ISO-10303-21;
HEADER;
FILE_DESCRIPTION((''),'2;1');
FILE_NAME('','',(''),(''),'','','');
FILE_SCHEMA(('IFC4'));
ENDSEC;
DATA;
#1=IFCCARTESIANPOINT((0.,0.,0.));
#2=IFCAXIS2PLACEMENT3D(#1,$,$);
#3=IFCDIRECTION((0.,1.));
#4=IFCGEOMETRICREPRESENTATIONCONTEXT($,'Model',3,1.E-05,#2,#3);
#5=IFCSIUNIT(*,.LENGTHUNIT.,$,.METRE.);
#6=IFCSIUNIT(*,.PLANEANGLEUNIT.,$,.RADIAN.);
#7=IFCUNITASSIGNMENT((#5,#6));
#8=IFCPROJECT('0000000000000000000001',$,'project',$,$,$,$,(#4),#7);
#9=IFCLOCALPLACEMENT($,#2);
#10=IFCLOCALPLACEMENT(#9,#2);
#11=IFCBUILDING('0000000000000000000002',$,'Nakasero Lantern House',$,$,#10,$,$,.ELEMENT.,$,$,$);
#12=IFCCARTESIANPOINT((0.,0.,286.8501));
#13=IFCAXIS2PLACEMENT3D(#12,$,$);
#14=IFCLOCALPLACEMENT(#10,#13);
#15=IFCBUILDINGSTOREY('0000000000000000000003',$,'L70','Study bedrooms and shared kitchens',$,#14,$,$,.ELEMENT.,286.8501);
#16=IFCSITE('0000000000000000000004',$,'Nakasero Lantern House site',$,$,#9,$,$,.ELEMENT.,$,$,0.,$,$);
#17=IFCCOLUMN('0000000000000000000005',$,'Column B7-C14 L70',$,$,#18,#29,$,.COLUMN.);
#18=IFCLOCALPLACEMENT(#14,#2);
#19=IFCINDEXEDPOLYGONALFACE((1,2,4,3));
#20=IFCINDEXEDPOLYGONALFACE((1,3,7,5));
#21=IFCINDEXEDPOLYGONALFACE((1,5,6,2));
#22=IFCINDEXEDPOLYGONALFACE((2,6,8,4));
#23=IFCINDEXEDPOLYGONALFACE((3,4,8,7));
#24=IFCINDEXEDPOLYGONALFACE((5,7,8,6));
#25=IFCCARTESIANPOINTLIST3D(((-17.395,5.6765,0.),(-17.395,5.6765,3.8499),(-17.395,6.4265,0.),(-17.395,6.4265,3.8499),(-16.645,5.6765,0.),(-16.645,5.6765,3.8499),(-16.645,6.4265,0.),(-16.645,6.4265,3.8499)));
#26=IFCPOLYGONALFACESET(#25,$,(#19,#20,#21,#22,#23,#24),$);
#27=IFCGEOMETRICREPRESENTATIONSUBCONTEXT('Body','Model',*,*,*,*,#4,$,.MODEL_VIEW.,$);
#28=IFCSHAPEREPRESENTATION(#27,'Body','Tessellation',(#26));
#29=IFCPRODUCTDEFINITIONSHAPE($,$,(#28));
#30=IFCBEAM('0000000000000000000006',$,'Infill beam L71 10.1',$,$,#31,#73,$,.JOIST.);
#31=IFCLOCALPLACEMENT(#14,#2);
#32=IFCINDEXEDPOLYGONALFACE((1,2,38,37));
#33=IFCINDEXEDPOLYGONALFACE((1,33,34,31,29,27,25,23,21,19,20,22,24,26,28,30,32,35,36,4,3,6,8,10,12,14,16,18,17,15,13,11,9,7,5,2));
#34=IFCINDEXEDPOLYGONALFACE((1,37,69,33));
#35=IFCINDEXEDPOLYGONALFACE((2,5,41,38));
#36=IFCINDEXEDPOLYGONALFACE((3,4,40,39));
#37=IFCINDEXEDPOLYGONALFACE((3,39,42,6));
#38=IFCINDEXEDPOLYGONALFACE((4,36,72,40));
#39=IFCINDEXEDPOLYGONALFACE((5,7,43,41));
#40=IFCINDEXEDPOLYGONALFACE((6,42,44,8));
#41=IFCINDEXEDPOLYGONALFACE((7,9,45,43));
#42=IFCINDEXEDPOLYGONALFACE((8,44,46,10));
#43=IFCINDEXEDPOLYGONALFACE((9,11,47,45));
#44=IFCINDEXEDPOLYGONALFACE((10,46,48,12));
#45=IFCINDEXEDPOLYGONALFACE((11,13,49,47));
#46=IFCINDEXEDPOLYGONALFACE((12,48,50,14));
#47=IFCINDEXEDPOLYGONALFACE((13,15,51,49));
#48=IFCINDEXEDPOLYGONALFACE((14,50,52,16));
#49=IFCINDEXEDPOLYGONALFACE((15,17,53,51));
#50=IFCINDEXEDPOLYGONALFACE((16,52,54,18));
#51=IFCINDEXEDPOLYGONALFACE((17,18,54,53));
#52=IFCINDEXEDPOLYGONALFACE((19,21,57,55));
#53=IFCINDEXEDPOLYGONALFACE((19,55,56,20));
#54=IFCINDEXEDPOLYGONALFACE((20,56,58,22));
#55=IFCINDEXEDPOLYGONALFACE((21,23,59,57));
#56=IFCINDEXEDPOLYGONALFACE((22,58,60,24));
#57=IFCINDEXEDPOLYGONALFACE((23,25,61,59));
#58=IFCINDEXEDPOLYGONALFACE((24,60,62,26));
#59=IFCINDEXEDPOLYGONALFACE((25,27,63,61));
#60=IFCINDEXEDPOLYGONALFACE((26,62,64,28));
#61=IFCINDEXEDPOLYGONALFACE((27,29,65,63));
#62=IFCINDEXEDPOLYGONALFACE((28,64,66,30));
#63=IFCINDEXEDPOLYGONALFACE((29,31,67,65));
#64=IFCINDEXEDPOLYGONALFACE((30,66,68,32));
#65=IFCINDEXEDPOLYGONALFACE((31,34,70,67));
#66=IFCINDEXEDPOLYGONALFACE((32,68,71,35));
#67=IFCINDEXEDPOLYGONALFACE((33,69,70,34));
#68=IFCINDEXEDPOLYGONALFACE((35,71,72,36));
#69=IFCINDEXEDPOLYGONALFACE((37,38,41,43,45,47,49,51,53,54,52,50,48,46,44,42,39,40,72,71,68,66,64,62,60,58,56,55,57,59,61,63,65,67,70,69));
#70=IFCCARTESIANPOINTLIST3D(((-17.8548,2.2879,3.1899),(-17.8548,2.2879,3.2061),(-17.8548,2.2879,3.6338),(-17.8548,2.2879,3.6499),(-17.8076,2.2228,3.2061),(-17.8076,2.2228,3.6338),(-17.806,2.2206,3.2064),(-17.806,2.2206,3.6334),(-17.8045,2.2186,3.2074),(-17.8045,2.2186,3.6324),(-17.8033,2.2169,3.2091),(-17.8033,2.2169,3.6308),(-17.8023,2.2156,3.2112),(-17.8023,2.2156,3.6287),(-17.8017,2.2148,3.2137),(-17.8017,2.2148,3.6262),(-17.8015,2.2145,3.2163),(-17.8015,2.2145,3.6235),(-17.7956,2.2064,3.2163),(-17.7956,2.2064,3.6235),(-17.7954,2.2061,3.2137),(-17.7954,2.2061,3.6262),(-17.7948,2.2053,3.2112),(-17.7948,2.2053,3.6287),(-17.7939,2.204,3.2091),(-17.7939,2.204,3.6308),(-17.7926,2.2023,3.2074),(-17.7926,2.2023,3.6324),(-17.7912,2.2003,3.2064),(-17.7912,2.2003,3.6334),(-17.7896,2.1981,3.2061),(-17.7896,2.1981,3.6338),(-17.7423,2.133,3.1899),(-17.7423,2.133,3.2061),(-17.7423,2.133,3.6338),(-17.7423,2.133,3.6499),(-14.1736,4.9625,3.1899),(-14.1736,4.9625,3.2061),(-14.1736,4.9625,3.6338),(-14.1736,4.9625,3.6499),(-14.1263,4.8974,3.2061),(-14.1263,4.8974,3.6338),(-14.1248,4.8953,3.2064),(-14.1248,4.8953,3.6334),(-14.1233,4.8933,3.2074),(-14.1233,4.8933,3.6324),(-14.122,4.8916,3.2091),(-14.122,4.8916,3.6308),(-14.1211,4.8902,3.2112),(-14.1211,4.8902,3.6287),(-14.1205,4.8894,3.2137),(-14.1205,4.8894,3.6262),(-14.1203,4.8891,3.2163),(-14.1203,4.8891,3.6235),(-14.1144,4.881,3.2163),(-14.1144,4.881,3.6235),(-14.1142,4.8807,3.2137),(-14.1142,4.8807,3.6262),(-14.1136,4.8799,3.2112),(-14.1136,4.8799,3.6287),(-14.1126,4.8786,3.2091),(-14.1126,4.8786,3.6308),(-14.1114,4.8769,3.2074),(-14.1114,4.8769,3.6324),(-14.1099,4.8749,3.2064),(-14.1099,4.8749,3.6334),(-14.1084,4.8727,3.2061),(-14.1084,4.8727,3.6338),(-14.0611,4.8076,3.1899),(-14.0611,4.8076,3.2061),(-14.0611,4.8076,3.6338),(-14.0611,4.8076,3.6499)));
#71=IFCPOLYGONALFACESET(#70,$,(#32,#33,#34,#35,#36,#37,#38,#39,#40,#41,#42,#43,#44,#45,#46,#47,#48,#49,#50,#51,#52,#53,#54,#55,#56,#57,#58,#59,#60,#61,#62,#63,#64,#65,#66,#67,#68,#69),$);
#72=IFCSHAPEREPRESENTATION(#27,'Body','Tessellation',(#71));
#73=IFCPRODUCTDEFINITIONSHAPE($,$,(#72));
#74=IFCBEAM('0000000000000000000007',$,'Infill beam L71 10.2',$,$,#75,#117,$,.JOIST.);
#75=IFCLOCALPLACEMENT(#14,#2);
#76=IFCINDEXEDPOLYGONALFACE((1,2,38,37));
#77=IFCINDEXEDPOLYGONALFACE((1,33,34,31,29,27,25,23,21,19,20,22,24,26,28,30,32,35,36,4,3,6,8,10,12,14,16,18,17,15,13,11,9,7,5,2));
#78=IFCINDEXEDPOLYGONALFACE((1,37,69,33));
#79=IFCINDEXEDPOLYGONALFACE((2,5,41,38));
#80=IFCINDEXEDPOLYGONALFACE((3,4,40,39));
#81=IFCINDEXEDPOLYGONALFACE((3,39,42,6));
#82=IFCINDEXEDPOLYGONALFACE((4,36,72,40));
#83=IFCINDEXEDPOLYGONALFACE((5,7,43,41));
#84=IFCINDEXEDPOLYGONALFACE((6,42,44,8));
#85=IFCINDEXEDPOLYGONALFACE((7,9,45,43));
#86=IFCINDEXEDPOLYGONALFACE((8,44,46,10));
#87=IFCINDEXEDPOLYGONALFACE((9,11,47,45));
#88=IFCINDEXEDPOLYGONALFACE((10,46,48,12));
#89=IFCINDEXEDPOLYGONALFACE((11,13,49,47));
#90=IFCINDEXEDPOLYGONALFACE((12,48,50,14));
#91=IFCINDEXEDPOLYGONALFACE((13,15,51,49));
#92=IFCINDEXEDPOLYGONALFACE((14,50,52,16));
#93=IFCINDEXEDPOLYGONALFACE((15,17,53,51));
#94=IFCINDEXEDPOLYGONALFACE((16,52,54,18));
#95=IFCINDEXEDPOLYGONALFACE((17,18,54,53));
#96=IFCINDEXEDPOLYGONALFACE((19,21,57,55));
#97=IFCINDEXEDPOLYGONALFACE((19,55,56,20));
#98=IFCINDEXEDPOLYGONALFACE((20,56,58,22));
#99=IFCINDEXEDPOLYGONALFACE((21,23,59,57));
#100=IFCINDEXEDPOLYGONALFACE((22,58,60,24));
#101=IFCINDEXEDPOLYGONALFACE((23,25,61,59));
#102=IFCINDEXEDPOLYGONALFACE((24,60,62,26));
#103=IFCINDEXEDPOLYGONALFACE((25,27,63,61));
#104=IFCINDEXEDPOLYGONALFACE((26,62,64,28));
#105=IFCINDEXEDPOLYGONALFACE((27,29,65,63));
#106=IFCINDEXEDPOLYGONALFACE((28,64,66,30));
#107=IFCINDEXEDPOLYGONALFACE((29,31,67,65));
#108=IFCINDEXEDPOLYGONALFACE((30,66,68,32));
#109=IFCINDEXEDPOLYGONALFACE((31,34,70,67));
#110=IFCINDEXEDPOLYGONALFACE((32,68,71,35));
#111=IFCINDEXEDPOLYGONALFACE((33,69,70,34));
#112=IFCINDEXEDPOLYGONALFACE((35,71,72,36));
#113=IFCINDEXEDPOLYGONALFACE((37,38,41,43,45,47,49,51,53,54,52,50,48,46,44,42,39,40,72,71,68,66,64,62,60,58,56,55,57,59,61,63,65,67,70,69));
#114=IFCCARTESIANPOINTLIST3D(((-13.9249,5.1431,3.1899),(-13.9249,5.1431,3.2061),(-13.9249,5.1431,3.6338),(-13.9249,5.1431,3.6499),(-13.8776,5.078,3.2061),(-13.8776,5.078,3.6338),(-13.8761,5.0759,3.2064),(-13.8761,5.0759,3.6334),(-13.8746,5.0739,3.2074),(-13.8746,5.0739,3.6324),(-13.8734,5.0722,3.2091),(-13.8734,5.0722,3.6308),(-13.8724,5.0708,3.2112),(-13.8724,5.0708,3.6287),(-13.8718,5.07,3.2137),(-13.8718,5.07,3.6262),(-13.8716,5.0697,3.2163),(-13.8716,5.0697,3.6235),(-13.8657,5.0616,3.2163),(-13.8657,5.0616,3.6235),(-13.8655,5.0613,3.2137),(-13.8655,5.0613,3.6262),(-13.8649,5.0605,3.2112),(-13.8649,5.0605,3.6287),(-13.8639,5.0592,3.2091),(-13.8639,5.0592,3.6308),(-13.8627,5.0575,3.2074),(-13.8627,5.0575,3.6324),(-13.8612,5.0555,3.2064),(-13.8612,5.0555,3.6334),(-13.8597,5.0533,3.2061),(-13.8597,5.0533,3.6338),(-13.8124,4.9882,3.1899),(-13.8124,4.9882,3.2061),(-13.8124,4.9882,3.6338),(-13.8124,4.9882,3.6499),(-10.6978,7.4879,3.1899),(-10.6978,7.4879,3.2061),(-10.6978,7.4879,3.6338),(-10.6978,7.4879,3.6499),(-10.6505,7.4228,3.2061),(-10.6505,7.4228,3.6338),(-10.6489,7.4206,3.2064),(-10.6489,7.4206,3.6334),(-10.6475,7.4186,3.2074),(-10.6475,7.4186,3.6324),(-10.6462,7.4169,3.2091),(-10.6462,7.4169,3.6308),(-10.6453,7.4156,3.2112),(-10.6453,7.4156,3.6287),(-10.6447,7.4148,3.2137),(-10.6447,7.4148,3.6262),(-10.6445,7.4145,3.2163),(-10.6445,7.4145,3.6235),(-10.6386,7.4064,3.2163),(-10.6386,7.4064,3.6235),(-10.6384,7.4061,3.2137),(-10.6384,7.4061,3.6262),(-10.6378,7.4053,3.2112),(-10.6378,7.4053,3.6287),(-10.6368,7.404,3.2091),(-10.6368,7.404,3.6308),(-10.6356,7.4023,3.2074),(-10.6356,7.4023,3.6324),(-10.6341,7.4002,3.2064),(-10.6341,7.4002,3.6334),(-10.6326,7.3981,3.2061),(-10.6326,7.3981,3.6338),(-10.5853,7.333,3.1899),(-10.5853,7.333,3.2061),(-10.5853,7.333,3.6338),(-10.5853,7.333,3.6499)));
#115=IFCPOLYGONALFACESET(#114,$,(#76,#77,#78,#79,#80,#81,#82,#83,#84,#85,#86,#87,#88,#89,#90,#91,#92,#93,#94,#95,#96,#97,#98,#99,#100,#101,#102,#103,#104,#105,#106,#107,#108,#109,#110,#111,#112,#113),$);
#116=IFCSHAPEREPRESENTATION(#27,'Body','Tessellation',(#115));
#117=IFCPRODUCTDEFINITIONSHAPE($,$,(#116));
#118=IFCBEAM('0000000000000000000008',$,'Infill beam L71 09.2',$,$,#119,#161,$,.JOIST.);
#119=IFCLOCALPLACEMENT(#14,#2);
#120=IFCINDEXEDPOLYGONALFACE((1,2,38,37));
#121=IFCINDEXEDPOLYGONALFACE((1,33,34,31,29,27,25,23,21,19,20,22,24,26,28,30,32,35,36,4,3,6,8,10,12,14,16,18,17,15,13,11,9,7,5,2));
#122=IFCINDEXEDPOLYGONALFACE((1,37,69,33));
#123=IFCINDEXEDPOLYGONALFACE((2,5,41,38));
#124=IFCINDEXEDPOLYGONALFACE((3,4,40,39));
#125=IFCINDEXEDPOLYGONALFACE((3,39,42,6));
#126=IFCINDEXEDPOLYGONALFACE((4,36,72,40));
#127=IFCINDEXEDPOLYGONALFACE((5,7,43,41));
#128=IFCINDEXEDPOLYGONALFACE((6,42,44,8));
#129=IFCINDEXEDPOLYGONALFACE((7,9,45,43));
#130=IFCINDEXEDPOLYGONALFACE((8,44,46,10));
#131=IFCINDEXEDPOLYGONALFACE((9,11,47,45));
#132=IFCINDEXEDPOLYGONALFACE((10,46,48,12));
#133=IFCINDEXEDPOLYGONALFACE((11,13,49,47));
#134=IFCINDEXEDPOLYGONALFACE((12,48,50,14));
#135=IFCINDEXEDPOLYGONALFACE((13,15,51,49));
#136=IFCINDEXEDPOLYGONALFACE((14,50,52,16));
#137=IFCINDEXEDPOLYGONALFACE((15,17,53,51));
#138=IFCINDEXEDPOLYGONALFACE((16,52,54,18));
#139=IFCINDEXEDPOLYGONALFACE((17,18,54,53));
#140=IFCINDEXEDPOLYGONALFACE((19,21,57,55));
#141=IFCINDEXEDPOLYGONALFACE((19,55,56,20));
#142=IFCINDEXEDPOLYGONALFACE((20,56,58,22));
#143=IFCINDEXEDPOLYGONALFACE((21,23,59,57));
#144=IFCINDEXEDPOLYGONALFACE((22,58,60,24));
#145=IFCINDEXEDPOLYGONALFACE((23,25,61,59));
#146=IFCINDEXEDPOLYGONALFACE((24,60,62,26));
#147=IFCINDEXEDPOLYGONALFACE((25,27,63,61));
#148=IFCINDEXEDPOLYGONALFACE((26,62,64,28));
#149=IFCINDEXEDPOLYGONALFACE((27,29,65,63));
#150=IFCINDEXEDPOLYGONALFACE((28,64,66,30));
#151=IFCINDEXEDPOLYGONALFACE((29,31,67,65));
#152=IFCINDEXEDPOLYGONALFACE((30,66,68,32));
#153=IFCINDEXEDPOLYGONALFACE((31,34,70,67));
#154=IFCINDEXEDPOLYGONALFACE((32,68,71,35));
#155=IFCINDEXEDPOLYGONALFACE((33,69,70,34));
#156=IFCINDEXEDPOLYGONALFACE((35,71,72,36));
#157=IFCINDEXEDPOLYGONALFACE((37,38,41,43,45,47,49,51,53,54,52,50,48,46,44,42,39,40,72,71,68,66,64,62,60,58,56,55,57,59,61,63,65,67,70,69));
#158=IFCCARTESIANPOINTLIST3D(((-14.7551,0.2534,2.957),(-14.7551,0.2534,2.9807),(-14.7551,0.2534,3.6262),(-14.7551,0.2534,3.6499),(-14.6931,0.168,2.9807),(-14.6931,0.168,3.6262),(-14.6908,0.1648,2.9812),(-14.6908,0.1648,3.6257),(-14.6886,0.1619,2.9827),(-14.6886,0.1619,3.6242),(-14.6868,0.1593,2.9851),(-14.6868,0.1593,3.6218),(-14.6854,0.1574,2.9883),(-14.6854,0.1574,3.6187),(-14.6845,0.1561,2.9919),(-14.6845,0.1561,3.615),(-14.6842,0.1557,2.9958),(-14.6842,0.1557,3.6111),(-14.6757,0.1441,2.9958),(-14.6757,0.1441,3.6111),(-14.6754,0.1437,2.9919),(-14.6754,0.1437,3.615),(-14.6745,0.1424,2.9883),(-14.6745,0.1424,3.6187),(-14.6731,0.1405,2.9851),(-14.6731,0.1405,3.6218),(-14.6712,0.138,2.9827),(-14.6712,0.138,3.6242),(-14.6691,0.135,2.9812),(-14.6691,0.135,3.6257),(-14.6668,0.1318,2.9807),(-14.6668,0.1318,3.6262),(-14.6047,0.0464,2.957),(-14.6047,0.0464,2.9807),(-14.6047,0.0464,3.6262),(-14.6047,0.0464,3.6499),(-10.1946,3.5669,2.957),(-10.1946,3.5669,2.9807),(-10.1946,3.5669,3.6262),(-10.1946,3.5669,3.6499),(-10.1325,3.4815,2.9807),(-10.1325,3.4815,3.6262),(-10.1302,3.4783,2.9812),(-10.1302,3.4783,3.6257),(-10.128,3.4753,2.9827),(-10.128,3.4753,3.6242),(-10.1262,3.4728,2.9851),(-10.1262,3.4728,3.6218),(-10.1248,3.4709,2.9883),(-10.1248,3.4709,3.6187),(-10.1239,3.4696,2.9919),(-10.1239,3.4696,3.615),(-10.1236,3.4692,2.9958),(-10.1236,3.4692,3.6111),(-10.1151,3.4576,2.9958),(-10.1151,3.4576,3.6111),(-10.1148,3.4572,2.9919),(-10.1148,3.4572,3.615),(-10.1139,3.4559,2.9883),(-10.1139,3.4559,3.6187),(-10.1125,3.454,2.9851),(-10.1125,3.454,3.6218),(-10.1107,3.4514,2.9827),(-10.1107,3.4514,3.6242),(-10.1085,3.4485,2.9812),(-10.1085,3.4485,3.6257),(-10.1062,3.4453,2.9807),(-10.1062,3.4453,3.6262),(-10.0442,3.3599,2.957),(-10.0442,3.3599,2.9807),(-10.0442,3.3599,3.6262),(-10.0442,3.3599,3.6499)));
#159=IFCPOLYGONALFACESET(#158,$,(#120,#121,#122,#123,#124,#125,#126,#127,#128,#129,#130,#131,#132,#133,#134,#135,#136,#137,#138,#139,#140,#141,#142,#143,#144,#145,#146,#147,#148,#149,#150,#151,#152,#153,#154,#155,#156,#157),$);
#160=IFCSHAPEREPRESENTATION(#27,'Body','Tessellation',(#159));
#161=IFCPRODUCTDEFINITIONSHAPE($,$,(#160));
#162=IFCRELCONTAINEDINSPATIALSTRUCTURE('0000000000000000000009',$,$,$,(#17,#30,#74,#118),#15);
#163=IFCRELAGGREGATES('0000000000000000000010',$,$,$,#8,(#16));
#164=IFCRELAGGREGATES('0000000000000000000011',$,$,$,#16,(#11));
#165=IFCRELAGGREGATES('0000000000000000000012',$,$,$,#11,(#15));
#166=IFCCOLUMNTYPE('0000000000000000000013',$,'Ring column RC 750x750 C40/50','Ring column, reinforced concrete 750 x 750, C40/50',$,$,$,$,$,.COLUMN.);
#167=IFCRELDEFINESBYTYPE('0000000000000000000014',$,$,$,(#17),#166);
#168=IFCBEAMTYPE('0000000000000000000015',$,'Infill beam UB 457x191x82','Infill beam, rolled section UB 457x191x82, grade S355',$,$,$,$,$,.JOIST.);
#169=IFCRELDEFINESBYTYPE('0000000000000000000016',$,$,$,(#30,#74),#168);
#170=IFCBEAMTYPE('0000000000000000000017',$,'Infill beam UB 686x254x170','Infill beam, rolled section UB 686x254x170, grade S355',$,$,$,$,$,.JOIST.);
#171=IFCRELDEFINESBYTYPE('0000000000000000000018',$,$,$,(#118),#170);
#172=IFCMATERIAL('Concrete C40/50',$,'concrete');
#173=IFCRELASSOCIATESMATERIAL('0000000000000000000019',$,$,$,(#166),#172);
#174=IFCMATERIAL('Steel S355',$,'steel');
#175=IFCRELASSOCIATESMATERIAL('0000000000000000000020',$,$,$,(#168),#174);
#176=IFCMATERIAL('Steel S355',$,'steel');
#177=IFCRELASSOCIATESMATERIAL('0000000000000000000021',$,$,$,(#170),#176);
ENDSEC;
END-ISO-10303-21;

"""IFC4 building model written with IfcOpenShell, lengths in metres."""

from ifc_helpers import new_model, si_unit, direction, frame, origin, origin_2d, place, context, subcontext, project, spatial, rectangle, i_section, extrude, material, material_profile, profile_set, type_object, element, save


model = new_model("IFC4")

# Units and contexts
model_context = context("Model", 3, precision=1e-05, world=origin(), true_north=direction((0.0, 1.0)))
body_context = subcontext(model_context, "Body", "Model", "MODEL_VIEW")
ifc_project = project(units=[si_unit("LENGTHUNIT", "METRE"), si_unit("PLANEANGLEUNIT", "RADIAN")], contexts=[model_context])

# Site, building, storey
site_placement = place(None, origin())
site = spatial("IfcSite", under=ifc_project, at=site_placement, Name="Nakasero Lantern House site", CompositionType="ELEMENT", RefElevation=0.0)
building_placement = place(site_placement, origin())
building = spatial("IfcBuilding", under=site, at=building_placement, Name="Nakasero Lantern House", CompositionType="ELEMENT")
storey_placement = place(building_placement, frame((0.0, 0.0, 286.8501)))
storey = spatial("IfcBuildingStorey", under=building, at=storey_placement, Name="L70", Description="Study bedrooms and shared kitchens", CompositionType="ELEMENT", Elevation=286.8501)

# Column
ifc_material_1 = material(Name="Concrete C40/50", Category="concrete")
ifc_material_profile_1 = material_profile(ifc_material_1, rectangle(XDim=0.75, YDim=0.75, at=origin_2d()), Name="RC 750x750")
ifc_profile_set_1 = profile_set([ifc_material_profile_1], Name="Concrete C40/50")
column_type = type_object("IfcColumnType", Name="Ring column RC 750x750 C40/50", Description="Ring column, reinforced concrete 750 x 750, C40/50", PredefinedType="COLUMN", material=ifc_profile_set_1)
column_placement = place(storey_placement, frame((-17.02, 6.0515, 0.0), z_axis=(0.0, 0.0, 1.0), x_axis=(1.0, 0.0, 0.0)))
element("IfcColumn", 1, at=column_placement, inside=storey, type_object=column_type, Name="Column B7-C14 L70", PredefinedType="COLUMN", context=body_context, shape_type="SweptSolid", body=[
    extrude(rectangle(XDim=0.75, YDim=0.75, at=origin_2d()), origin(), (0.0, 0.0, 1.0), 3.8499),
])

# Beams
ifc_material_2 = material(Name="Steel S355", Category="steel")
ifc_material_profile_2 = material_profile(ifc_material_2, i_section(OverallWidth=0.1914, OverallDepth=0.46, WebThickness=0.01, FlangeThickness=0.0161, FilletRadius=0.0103, at=origin_2d()), Name="UB 457x191x82")
ifc_profile_set_2 = profile_set([ifc_material_profile_2], Name="Steel S355")
beam_type_1 = type_object("IfcBeamType", Name="Infill beam UB 457x191x82", Description="Infill beam, rolled section UB 457x191x82, grade S355", PredefinedType="JOIST", material=ifc_profile_set_2)
beam_1_placement = place(storey_placement, frame((-17.7986, 2.2104, 3.4199), z_axis=(0.809012, 0.587792, 0.0), x_axis=(-0.587792, 0.809012, 0.0)))
element("IfcBeam", 2, at=beam_1_placement, inside=storey, type_object=beam_type_1, Name="Infill beam L71 10.1", PredefinedType="JOIST", context=body_context, shape_type="SweptSolid", body=[
    extrude(i_section(OverallWidth=0.1914, OverallDepth=0.46, WebThickness=0.01, FlangeThickness=0.0161, FilletRadius=0.0103, at=origin_2d()), origin(), (0.0, 0.0, 1.0), 4.5503),
])
beam_2_placement = place(storey_placement, frame((-13.8687, 5.0657, 3.4199), z_axis=(0.809001, 0.587808, 0.0), x_axis=(-0.587808, 0.809001, 0.0)))
element("IfcBeam", 3, at=beam_2_placement, inside=storey, type_object=beam_type_1, Name="Infill beam L71 10.2", PredefinedType="JOIST", context=body_context, shape_type="SweptSolid", body=[
    extrude(i_section(OverallWidth=0.1914, OverallDepth=0.46, WebThickness=0.01, FlangeThickness=0.0161, FilletRadius=0.0103, at=origin_2d()), origin(), (0.0, 0.0, 1.0), 3.989),
])
ifc_material_3 = material(Name="Steel S355", Category="steel")
ifc_material_profile_3 = material_profile(ifc_material_3, i_section(OverallWidth=0.2559, OverallDepth=0.6929, WebThickness=0.0144, FlangeThickness=0.0237, FilletRadius=0.0151, at=origin_2d()), Name="UB 686x254x170")
ifc_profile_set_3 = profile_set([ifc_material_profile_3], Name="Steel S355")
beam_type_2 = type_object("IfcBeamType", Name="Infill beam UB 686x254x170", Description="Infill beam, rolled section UB 686x254x170, grade S355", PredefinedType="JOIST", material=ifc_profile_set_3)
beam_3_placement = place(storey_placement, frame((-14.6799, 0.1499, 3.3035), z_axis=(0.809013, 0.587791, 0.0), x_axis=(-0.587791, 0.809013, 0.0)))
element("IfcBeam", 4, at=beam_3_placement, inside=storey, type_object=beam_type_2, Name="Infill beam L71 09.2", PredefinedType="JOIST", context=body_context, shape_type="SweptSolid", body=[
    extrude(i_section(OverallWidth=0.2559, OverallDepth=0.6929, WebThickness=0.0144, FlangeThickness=0.0237, FilletRadius=0.0151, at=origin_2d()), origin(), (0.0, 0.0, 1.0), 5.6372),
])

save(model, "model.ifc")
